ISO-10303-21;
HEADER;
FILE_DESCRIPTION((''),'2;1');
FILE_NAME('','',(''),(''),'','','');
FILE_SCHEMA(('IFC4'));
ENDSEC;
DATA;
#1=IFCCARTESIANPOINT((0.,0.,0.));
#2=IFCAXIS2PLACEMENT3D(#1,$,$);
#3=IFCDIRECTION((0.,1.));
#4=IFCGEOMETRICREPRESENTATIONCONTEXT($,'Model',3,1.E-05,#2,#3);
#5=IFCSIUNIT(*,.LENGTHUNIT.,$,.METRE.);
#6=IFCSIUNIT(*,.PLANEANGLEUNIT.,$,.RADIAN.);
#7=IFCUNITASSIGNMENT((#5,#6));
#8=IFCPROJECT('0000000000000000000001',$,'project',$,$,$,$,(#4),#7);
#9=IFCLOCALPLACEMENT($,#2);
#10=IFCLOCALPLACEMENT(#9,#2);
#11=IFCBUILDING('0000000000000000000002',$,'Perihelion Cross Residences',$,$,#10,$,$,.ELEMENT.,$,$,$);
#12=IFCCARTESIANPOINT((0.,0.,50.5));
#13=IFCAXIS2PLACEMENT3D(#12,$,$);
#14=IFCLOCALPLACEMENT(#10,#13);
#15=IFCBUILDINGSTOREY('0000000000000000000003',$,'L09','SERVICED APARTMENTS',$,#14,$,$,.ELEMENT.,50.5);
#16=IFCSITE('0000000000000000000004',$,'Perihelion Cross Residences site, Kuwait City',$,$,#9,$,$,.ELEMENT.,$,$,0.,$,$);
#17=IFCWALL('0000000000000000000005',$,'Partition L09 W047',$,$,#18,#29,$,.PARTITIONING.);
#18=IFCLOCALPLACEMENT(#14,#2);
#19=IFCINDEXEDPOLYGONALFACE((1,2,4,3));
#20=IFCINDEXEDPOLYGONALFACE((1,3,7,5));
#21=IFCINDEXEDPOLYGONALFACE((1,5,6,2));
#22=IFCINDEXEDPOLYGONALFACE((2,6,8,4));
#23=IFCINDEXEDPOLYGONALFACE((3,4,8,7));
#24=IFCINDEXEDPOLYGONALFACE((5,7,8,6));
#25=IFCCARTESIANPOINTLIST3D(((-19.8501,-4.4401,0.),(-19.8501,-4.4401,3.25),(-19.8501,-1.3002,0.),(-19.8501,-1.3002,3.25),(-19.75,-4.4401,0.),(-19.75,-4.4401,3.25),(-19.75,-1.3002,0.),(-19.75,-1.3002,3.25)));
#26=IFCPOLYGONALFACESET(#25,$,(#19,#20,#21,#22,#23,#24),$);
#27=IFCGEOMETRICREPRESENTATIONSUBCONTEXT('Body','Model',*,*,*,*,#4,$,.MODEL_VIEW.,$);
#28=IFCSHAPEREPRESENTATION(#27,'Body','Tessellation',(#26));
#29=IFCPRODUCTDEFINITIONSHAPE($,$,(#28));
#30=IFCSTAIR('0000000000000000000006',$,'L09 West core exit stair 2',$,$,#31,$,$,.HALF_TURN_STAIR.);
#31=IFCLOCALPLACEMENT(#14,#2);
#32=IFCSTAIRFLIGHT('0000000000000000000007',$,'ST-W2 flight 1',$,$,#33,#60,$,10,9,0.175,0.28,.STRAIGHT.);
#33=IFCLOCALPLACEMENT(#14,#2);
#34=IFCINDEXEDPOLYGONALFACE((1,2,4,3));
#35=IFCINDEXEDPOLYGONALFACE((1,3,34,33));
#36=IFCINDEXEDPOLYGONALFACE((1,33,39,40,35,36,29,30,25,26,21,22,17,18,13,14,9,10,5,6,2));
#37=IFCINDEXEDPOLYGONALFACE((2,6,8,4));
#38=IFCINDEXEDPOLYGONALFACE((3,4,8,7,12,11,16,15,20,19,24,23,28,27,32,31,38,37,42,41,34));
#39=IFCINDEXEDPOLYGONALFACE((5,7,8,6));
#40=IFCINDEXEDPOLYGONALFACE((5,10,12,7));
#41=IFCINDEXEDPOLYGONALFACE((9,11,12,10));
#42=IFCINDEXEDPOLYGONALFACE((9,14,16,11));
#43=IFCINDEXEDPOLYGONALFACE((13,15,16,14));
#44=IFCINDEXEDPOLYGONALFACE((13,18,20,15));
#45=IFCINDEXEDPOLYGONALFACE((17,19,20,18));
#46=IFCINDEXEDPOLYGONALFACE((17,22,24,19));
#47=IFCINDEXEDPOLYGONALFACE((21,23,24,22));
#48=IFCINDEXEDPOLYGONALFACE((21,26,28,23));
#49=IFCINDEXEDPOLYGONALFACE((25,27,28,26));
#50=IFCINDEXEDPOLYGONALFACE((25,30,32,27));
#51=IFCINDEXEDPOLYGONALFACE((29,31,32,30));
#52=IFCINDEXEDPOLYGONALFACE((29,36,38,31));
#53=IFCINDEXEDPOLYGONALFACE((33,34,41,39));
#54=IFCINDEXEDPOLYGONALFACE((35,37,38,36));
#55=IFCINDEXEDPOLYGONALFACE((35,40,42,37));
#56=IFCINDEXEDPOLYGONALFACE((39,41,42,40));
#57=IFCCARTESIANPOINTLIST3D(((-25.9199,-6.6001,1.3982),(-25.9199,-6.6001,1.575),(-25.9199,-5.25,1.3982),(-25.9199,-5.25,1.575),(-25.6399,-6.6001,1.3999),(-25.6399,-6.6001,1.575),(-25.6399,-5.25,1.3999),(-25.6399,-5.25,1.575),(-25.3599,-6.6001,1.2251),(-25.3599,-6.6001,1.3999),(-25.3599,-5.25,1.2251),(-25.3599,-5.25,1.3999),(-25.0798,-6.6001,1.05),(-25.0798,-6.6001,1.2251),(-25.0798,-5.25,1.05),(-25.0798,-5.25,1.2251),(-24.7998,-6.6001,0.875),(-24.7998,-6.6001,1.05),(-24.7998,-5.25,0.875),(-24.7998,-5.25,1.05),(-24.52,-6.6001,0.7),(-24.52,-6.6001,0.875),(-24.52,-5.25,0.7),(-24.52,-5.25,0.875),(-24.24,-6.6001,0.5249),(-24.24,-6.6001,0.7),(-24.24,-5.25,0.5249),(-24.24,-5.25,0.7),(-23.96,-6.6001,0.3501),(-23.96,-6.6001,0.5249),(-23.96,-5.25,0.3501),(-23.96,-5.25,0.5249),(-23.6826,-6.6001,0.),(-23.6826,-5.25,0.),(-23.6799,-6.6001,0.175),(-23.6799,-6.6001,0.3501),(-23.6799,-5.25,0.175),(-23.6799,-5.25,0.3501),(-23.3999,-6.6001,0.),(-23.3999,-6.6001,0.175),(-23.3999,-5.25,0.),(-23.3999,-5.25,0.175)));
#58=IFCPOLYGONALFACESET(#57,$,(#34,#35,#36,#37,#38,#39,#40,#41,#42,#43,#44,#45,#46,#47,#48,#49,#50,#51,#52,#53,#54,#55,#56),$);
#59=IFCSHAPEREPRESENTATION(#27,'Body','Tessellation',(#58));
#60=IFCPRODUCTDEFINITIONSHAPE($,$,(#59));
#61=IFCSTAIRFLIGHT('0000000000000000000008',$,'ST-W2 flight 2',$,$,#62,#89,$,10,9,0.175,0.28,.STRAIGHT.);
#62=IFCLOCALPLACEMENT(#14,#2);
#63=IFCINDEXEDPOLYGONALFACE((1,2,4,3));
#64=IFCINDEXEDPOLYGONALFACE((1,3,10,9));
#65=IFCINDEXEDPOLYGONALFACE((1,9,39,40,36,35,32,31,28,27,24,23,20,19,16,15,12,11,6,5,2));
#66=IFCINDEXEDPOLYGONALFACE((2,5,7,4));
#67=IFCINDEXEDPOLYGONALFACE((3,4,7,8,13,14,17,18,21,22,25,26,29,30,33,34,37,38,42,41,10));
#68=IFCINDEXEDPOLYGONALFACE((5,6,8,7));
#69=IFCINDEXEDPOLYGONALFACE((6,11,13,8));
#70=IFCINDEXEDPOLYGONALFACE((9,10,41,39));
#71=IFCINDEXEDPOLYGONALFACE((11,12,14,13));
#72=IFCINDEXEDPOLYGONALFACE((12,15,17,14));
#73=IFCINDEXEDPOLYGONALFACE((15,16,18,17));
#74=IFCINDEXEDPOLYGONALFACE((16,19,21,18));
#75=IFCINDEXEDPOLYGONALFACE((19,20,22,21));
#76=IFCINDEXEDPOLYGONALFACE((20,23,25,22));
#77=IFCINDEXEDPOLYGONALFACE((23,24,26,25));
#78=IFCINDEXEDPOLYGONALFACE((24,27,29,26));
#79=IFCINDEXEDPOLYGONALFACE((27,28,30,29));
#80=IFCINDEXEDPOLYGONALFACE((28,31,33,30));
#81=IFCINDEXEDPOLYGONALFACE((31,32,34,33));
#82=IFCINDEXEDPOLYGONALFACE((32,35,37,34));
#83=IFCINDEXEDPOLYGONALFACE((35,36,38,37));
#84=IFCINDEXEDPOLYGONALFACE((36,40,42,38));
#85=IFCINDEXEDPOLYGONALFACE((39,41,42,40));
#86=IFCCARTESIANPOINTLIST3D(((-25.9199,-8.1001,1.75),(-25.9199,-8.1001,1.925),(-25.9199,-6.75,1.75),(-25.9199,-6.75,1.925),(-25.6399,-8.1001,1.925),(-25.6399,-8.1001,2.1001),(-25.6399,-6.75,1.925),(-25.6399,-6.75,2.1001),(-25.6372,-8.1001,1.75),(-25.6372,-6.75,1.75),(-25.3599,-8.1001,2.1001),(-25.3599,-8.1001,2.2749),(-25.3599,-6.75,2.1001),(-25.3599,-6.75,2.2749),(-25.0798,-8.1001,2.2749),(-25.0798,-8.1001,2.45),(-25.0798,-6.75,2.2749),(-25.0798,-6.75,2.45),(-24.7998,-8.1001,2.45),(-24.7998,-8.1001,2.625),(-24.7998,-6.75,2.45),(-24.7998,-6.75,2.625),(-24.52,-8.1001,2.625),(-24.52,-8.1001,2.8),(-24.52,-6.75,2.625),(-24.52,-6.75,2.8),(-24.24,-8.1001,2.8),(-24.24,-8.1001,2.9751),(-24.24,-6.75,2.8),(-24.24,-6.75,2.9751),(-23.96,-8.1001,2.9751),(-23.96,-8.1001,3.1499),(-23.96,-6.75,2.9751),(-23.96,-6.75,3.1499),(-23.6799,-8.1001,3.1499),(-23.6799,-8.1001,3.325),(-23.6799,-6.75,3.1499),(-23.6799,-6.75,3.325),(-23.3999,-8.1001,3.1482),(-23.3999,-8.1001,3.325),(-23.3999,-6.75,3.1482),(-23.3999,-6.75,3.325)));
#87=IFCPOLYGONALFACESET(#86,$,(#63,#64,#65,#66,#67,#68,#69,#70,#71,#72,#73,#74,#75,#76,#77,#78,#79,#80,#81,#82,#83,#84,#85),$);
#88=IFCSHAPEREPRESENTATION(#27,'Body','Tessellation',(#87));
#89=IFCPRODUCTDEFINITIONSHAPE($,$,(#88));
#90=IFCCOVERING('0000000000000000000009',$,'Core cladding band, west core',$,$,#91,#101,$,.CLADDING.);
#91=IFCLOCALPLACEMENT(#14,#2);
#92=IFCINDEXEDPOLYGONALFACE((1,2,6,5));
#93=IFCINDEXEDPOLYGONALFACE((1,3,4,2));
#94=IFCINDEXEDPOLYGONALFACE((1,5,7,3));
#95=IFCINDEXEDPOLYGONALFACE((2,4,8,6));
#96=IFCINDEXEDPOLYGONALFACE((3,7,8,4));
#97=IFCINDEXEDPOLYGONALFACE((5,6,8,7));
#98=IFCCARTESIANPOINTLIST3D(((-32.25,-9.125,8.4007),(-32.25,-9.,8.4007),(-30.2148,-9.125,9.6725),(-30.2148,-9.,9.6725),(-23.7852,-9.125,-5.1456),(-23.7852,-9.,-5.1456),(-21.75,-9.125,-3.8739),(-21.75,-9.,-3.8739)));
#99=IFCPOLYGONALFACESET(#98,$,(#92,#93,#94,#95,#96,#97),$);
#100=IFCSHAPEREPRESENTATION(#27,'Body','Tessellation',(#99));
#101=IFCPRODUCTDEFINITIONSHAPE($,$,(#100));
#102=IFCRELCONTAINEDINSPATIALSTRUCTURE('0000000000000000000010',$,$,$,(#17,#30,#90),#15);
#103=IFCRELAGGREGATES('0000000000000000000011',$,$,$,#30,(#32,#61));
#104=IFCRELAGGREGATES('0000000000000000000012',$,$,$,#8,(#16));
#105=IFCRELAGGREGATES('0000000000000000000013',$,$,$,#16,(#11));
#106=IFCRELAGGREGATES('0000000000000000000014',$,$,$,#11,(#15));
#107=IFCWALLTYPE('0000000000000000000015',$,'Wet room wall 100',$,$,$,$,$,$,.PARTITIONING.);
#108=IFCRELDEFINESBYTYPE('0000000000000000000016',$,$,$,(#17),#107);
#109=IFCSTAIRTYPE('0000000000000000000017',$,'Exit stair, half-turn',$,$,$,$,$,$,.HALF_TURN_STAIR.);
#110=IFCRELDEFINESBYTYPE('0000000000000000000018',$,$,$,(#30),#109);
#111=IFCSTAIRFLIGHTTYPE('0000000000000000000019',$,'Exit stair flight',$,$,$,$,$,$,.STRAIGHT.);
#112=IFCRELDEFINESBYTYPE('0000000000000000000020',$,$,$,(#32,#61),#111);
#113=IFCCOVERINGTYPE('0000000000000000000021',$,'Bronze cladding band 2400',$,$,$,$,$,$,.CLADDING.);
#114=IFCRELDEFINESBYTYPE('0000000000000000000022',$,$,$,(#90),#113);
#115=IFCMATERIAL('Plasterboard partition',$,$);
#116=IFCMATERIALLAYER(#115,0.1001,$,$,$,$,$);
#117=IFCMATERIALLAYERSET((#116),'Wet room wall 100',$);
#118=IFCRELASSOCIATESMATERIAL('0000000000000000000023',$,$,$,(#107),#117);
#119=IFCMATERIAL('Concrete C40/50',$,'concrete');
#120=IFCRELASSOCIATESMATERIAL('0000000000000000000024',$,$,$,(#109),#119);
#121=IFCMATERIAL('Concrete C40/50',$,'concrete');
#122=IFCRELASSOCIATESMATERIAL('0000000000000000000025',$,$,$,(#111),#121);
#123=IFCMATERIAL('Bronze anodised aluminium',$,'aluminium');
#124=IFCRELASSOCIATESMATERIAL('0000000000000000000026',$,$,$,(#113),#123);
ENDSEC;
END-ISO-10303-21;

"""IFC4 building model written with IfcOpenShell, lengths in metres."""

from ifc_helpers import new_model, si_unit, direction, frame, frame_2d, origin, origin_2d, place, context, subcontext, project, spatial, polyline, rectangle, outline, extrude, material, layer, layer_set, material_profile, profile_set, type_object, element, aggregate, save


model = new_model("IFC4")

# Units and contexts
model_context = context("Model", 3, precision=1e-05, world=origin(), true_north=direction((0.0, 1.0)))
body_context = subcontext(model_context, "Body", "Model", "MODEL_VIEW")
ifc_project = project(units=[si_unit("LENGTHUNIT", "METRE"), si_unit("PLANEANGLEUNIT", "RADIAN")], contexts=[model_context])

# Site, building, storey
site_placement = place(None, origin())
site = spatial("IfcSite", under=ifc_project, at=site_placement, Name="Perihelion Cross Residences site, Kuwait City", CompositionType="ELEMENT", RefElevation=0.0)
building_placement = place(site_placement, origin())
building = spatial("IfcBuilding", under=site, at=building_placement, Name="Perihelion Cross Residences", CompositionType="ELEMENT")
storey_placement = place(building_placement, frame((0.0, 0.0, 50.5)))
storey = spatial("IfcBuildingStorey", under=building, at=storey_placement, Name="L09", Description="SERVICED APARTMENTS", CompositionType="ELEMENT", Elevation=50.5)

# Wall
ifc_material_1 = material(Name="Plasterboard partition")
ifc_layer_1 = layer(ifc_material_1, 0.1001)
ifc_layer_set_1 = layer_set([ifc_layer_1], Name="Wet room wall 100")
wall_type_1 = type_object("IfcWallType", Name="Wet room wall 100", PredefinedType="PARTITIONING", material=ifc_layer_set_1)
wall_1_placement = place(storey_placement, frame((-19.8, -4.4399, 0.0), z_axis=(0.0, 0.0, 1.0), x_axis=(0.0, 1.0, 0.0)))
element("IfcWall", 1, at=wall_1_placement, inside=storey, type_object=wall_type_1, Name="Partition L09 W047", PredefinedType="PARTITIONING", context=body_context, shape_type="SweptSolid", body=[
    extrude(rectangle(XDim=3.1399, YDim=0.1001, at=frame_2d((1.5698, 0.0))), origin(), (0.0, 0.0, 1.0), 3.25),
])

# Stair, stair flights
ifc_material_2 = material(Name="Concrete C40/50", Category="concrete")
stair_type = type_object("IfcStairType", Name="Exit stair, half-turn", PredefinedType="HALF_TURN_STAIR", material=ifc_material_2)
stair_placement = place(storey_placement, origin())
stair = element("IfcStair", 2, at=stair_placement, inside=storey, type_object=stair_type, Name="L09 West core exit stair 2", PredefinedType="HALF_TURN_STAIR")
ifc_material_3 = material(Name="Concrete C40/50", Category="concrete")
stair_flight_type = type_object("IfcStairFlightType", Name="Exit stair flight", PredefinedType="STRAIGHT", material=ifc_material_3)
stair_flight_1_placement = place(storey_placement, frame((-23.3999, -5.925, 0.0), z_axis=(0.0, 0.0, 1.0), x_axis=(-1.0, 0.0, 0.0)))
stair_flight_1 = element("IfcStairFlight", 3, at=stair_flight_1_placement, type_object=stair_flight_type, Name="ST-W2 flight 1", NumberOfRisers=10, NumberOfTreads=9, PredefinedType="STRAIGHT", RiserHeight=0.175, TreadLength=0.28, context=body_context, shape_type="SweptSolid", body=[
    extrude(outline(polyline([(0.0, 0.0), (0.0, 0.175), (0.28, 0.175), (0.28, 0.3501), (0.5601, 0.3501), (0.5601, 0.5249), (0.8401, 0.5249), (0.8401, 0.7), (1.1201, 0.7), (1.1201, 0.875), (1.3999, 0.875), (1.3999, 1.05), (1.6799, 1.05), (1.6799, 1.2251), (1.96, 1.2251), (1.96, 1.3999), (2.24, 1.3999), (2.24, 1.575), (2.52, 1.575), (2.52, 1.75), (2.52, 1.3982), (0.2827, 0.0), (0.0, 0.0)])), frame((0.0, 0.675, 0.0), z_axis=(0.0, -1.0, 0.0), x_axis=(1.0, 0.0, 0.0)), (0.0, 0.0, 1.0), 1.3501),
])
stair_flight_2_placement = place(storey_placement, frame((-25.9199, -7.425, 1.75), z_axis=(0.0, 0.0, 1.0), x_axis=(1.0, 0.0, 0.0)))
stair_flight_2 = element("IfcStairFlight", 4, at=stair_flight_2_placement, type_object=stair_flight_type, Name="ST-W2 flight 2", NumberOfRisers=10, NumberOfTreads=9, PredefinedType="STRAIGHT", RiserHeight=0.175, TreadLength=0.28, context=body_context, shape_type="SweptSolid", body=[
    extrude(outline(polyline([(0.0, 0.0), (0.0, 0.175), (0.28, 0.175), (0.28, 0.3501), (0.5601, 0.3501), (0.5601, 0.5249), (0.8401, 0.5249), (0.8401, 0.7), (1.1201, 0.7), (1.1201, 0.875), (1.3999, 0.875), (1.3999, 1.05), (1.6799, 1.05), (1.6799, 1.2251), (1.96, 1.2251), (1.96, 1.3999), (2.24, 1.3999), (2.24, 1.575), (2.52, 1.575), (2.52, 1.75), (2.52, 1.3982), (0.2827, 0.0), (0.0, 0.0)])), frame((0.0, 0.675, 0.0), z_axis=(0.0, -1.0, 0.0), x_axis=(1.0, 0.0, 0.0)), (0.0, 0.0, 1.0), 1.3501),
])
aggregate(stair, [stair_flight_1, stair_flight_2])

# Covering
ifc_material_4 = material(Name="Bronze anodised aluminium", Category="aluminium")
ifc_material_profile_1 = material_profile(ifc_material_4, rectangle(XDim=0.125, YDim=2.3999, at=origin_2d()), Name="Bronze cladding band 2400")
ifc_profile_set_1 = profile_set([ifc_material_profile_1], Name="Bronze anodised aluminium")
covering_type = type_object("IfcCoveringType", Name="Bronze cladding band 2400", PredefinedType="CLADDING", material=ifc_profile_set_1)
covering_placement = place(storey_placement, frame((-22.7676, -9.0625, -4.5098), z_axis=(-0.529925, 0.0, 0.848045), x_axis=(0.0, -1.0, 0.0)))
element("IfcCovering", 5, at=covering_placement, inside=storey, type_object=covering_type, Name="Core cladding band, west core", PredefinedType="CLADDING", context=body_context, shape_type="SweptSolid", body=[
    extrude(rectangle(XDim=0.125, YDim=2.3999, at=origin_2d()), origin(), (0.0, 0.0, 1.0), 15.9736),
])

save(model, "model.ifc")
